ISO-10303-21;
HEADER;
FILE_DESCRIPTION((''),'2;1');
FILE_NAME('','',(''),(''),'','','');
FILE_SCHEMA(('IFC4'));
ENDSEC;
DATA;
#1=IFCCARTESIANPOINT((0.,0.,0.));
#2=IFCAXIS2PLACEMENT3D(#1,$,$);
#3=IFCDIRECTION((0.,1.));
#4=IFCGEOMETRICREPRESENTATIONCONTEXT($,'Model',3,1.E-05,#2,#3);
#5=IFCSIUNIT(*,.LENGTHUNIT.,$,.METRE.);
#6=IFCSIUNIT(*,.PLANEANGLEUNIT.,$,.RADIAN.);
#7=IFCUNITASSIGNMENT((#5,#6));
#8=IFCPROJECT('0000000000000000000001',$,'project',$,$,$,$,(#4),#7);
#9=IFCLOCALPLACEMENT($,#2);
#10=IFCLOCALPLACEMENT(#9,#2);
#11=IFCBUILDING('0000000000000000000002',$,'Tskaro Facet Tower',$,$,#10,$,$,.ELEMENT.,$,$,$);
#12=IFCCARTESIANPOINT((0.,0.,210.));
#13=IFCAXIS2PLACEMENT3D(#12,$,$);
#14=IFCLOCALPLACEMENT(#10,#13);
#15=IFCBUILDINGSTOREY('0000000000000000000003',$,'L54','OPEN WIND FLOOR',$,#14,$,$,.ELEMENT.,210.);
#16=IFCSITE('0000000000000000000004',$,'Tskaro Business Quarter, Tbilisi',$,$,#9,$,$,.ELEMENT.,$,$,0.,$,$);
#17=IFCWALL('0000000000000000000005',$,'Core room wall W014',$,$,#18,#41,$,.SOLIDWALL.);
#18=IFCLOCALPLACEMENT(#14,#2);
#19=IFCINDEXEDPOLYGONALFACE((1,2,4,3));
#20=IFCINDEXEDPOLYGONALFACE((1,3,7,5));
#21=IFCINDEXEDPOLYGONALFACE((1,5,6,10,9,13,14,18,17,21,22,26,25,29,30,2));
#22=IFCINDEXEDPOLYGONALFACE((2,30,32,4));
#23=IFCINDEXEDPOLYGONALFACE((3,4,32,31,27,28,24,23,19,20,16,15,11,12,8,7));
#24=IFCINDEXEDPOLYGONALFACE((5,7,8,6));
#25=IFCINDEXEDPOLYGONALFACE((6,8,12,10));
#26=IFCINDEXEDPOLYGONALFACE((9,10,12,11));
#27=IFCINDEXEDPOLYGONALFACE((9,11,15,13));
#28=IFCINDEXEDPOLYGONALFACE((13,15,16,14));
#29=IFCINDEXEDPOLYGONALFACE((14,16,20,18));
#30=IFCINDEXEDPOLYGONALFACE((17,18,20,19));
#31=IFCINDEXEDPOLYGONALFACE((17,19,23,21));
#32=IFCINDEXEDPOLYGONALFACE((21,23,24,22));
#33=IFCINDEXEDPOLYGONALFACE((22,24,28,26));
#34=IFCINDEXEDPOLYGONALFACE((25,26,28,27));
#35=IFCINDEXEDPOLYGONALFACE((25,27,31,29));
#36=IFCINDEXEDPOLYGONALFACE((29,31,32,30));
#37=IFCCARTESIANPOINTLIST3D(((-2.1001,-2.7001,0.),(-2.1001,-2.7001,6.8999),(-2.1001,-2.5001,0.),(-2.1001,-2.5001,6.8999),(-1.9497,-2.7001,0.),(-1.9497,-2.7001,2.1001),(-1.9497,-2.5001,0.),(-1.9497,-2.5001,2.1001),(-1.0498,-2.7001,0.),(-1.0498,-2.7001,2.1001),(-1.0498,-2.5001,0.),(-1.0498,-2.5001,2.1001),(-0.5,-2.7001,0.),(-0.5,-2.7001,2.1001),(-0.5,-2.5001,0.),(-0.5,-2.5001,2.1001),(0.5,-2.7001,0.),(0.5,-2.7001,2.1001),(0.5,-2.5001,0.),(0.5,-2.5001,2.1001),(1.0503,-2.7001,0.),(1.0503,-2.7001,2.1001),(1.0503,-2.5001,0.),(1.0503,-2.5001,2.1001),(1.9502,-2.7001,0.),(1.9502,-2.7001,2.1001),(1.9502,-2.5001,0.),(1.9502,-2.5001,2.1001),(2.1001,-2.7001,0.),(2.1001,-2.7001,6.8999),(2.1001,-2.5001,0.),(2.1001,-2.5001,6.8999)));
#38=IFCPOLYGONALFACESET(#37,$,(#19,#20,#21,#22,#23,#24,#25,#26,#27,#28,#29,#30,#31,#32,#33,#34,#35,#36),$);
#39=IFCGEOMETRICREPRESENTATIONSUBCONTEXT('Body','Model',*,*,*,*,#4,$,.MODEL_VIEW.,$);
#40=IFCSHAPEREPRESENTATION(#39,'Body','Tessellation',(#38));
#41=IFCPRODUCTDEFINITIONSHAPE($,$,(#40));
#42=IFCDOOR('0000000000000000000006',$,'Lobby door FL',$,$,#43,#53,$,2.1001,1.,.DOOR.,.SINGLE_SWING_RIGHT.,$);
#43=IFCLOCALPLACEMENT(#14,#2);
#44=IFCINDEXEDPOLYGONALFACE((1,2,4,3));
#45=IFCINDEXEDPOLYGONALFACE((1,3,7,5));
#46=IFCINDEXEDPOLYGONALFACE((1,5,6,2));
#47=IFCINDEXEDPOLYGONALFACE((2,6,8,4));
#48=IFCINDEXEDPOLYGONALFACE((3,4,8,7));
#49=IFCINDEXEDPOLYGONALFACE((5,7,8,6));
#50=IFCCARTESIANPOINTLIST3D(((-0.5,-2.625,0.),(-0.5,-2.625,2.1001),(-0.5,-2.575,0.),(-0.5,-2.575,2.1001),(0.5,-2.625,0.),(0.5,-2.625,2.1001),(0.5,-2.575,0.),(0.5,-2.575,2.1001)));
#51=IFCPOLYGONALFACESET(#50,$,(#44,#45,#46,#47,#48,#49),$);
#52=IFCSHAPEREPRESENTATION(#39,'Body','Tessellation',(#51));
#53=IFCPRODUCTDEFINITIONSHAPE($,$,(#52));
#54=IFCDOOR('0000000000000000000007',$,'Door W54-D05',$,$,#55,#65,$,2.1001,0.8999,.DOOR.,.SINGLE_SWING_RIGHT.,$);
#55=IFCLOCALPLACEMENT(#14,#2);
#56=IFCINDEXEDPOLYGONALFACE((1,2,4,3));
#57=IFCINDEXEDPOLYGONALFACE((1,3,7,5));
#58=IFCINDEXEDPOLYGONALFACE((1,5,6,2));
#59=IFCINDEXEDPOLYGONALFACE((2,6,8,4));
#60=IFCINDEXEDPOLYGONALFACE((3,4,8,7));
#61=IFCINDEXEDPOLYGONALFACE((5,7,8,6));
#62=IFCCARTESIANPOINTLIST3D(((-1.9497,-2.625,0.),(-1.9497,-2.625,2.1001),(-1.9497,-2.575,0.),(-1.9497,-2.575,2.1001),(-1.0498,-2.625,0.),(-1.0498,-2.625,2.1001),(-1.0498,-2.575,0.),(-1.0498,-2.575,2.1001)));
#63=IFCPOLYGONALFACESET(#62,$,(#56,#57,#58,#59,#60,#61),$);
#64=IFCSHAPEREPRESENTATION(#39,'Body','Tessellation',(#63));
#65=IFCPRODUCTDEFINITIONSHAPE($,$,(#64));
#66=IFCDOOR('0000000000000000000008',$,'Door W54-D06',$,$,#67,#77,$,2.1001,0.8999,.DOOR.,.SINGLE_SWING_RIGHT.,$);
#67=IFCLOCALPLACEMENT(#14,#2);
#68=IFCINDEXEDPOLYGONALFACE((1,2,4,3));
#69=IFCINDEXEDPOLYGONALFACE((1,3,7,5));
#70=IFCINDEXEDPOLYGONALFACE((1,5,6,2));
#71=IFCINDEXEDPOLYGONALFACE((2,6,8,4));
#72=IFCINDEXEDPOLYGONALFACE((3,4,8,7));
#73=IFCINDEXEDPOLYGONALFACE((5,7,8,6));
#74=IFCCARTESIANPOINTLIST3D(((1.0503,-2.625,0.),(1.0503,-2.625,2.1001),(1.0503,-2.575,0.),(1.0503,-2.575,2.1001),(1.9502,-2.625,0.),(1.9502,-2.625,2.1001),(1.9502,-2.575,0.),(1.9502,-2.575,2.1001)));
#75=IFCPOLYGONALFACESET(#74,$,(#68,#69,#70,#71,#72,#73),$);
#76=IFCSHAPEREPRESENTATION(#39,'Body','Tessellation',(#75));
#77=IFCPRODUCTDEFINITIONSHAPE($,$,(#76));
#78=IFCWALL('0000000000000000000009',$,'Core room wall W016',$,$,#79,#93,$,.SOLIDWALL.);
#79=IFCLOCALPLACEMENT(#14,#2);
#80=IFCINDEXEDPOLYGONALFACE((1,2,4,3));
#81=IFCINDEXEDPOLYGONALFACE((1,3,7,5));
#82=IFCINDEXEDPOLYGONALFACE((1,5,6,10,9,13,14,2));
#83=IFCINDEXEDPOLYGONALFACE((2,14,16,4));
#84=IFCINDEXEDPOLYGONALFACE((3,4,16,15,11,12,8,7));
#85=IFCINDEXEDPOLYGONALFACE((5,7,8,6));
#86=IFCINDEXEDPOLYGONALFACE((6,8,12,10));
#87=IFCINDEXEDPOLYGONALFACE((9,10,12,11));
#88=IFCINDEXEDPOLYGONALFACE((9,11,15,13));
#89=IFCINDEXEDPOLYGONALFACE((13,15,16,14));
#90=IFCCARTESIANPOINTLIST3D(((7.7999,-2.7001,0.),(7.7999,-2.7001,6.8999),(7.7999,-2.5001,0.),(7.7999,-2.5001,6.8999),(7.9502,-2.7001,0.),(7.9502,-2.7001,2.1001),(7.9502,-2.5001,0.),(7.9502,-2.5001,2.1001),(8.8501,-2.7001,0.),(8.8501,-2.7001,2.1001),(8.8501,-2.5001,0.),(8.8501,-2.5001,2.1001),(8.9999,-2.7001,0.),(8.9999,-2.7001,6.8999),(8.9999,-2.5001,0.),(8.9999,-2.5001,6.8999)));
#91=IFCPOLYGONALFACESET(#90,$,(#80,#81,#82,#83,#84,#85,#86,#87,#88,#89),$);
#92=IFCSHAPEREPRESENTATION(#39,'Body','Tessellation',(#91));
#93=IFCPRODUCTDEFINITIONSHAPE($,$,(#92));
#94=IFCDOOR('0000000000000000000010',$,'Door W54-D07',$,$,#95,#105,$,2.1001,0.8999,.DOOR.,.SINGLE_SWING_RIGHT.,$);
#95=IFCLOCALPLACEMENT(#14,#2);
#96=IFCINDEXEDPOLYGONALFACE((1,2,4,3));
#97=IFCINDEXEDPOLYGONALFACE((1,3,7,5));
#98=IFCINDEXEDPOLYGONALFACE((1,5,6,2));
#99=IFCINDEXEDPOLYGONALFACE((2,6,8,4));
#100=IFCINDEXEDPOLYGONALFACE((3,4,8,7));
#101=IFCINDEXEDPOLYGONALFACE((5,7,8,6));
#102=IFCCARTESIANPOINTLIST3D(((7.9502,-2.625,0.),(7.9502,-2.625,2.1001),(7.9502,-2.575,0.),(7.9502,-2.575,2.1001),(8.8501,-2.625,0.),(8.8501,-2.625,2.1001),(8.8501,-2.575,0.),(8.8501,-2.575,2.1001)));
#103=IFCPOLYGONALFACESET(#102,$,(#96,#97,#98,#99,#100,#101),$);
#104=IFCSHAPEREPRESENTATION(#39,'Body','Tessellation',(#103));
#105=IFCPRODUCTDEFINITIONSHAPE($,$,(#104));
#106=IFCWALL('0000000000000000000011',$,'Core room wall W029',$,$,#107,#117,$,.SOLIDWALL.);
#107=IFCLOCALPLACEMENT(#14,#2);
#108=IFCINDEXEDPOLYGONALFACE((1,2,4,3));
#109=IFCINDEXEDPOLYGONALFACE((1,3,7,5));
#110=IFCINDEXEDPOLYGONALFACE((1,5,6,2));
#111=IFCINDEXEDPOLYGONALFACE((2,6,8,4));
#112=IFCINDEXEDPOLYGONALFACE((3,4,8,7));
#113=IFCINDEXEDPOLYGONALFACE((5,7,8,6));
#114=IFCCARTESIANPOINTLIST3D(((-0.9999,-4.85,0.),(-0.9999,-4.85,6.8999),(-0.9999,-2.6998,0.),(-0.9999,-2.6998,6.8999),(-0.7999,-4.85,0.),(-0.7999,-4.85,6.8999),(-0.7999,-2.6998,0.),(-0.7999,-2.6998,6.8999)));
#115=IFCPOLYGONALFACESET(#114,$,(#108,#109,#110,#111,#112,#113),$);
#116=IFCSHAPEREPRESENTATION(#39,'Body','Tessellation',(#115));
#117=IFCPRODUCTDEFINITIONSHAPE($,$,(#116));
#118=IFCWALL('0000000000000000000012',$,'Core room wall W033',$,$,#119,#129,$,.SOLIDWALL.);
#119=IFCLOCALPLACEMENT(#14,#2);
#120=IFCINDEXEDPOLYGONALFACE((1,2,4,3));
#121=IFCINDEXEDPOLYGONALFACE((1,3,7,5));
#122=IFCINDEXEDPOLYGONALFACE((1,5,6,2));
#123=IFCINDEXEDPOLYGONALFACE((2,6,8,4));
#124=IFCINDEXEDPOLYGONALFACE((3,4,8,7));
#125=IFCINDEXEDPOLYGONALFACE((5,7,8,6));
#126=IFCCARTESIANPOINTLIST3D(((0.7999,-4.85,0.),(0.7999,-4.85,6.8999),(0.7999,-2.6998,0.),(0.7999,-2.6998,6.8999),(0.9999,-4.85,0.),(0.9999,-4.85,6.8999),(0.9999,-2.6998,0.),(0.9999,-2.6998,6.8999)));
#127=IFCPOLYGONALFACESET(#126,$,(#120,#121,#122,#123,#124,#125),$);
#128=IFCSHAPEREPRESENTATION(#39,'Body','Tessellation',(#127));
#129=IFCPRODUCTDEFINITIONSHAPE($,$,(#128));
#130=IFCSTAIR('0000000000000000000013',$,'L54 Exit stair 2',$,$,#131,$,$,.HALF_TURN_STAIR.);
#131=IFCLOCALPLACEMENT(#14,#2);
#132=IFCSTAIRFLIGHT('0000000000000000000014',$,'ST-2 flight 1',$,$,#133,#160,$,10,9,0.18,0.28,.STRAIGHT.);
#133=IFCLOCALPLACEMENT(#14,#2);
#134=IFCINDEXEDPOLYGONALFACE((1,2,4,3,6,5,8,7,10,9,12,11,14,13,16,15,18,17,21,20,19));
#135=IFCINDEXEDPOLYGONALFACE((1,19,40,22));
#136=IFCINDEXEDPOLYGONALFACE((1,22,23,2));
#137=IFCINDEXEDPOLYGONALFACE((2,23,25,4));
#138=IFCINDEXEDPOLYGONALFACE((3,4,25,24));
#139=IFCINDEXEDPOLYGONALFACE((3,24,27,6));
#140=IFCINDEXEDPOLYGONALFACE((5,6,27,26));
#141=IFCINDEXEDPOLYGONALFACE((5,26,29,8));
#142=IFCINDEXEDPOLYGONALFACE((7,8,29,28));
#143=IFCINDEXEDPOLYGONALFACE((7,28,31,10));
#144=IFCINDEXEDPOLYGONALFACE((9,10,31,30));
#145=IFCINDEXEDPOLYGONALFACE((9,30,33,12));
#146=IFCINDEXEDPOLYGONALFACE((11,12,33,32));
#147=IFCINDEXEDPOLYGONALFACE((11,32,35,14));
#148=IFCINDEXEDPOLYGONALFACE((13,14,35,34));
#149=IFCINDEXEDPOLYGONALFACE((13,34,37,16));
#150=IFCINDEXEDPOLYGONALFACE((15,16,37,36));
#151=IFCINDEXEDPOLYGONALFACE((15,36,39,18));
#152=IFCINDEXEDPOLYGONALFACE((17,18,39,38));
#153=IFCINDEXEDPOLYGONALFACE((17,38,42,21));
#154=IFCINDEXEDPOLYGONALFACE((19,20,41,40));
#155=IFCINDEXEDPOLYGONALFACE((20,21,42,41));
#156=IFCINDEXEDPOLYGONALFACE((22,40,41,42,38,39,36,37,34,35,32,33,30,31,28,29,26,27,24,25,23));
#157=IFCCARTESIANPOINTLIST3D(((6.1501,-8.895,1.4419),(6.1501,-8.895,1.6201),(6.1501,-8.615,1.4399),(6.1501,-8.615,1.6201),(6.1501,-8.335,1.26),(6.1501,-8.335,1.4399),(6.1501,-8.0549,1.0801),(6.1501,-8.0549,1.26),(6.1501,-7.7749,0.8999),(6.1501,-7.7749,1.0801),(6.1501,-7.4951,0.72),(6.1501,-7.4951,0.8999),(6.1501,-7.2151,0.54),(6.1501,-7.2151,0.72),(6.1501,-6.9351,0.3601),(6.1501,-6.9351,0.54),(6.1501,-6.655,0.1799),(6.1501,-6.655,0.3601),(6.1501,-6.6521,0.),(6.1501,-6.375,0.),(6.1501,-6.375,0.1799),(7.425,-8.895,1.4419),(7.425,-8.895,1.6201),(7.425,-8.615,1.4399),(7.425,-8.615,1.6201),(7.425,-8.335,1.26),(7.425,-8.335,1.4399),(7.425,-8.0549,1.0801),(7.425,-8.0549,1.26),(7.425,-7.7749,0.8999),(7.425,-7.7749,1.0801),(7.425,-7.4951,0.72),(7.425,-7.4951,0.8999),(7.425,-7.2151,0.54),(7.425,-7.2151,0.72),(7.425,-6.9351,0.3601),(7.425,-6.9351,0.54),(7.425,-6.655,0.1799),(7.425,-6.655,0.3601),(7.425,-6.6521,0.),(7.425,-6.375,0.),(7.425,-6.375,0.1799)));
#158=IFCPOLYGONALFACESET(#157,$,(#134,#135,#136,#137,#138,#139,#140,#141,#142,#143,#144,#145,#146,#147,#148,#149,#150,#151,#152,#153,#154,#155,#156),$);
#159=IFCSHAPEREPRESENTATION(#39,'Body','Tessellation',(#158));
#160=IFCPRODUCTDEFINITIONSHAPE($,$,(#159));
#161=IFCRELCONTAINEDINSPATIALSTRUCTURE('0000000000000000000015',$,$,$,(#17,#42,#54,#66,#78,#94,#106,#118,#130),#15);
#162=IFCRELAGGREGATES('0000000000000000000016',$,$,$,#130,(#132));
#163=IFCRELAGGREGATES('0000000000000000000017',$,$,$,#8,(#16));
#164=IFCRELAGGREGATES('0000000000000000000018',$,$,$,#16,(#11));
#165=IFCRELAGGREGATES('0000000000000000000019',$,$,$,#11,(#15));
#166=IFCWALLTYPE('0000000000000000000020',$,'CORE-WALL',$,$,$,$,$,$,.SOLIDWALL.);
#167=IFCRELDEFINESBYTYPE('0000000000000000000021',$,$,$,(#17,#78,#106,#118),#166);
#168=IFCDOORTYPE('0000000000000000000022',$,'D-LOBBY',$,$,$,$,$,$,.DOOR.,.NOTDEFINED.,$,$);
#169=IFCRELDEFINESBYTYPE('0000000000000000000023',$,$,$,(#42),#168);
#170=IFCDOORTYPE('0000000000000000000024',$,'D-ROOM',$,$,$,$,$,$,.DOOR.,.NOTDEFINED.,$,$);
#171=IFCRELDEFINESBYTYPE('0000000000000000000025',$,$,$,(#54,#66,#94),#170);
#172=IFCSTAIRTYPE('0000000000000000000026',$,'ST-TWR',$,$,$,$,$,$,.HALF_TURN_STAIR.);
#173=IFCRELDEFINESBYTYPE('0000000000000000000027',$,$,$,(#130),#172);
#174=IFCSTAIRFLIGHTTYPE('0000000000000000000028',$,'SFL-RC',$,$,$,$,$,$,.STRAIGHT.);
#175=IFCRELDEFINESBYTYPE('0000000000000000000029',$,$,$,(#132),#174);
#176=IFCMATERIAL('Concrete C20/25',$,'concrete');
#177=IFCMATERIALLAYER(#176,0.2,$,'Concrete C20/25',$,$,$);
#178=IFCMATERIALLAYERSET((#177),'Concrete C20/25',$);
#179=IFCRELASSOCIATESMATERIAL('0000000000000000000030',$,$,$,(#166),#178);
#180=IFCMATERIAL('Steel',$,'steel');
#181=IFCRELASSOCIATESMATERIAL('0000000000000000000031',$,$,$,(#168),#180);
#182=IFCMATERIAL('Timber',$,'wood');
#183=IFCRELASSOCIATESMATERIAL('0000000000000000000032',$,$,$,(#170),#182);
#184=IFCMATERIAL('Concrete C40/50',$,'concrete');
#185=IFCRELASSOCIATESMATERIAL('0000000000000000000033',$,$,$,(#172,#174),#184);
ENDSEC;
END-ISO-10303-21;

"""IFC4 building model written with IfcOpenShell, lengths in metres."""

from ifc_helpers import new_model, si_unit, direction, frame, frame_2d, origin, place, context, subcontext, project, spatial, polyline, rectangle, outline, extrude, material, layer, layer_set, type_object, element, fill, aggregate, save


model = new_model("IFC4")

# Units and contexts
model_context = context("Model", 3, precision=1e-05, world=origin(), true_north=direction((0.0, 1.0)))
body_context = subcontext(model_context, "Body", "Model", "MODEL_VIEW")
ifc_project = project(units=[si_unit("LENGTHUNIT", "METRE"), si_unit("PLANEANGLEUNIT", "RADIAN")], contexts=[model_context])

# Site, building, storey
site_placement = place(None, origin())
site = spatial("IfcSite", under=ifc_project, at=site_placement, Name="Tskaro Business Quarter, Tbilisi", CompositionType="ELEMENT", RefElevation=0.0)
building_placement = place(site_placement, origin())
building = spatial("IfcBuilding", under=site, at=building_placement, Name="Tskaro Facet Tower", CompositionType="ELEMENT")
storey_placement = place(building_placement, frame((0.0, 0.0, 210.0)))
storey = spatial("IfcBuildingStorey", under=building, at=storey_placement, Name="L54", Description="OPEN WIND FLOOR", CompositionType="ELEMENT", Elevation=210.0)

# Shared definitions
ifc_material_1 = material(Name="Steel", Category="steel")

# Shared definitions
ifc_material_2 = material(Name="Concrete C20/25", Category="concrete")
ifc_layer_1 = layer(ifc_material_2, 0.2, Name="Concrete C20/25")
ifc_layer_set_1 = layer_set([ifc_layer_1], Name="Concrete C20/25")
wall_type_1 = type_object("IfcWallType", Name="CORE-WALL", PredefinedType="SOLIDWALL", material=ifc_layer_set_1)

# Wall, openings, doors
wall_1_placement = place(storey_placement, frame((2.1001, -2.6001, 0.0), z_axis=(0.0, 0.0, 1.0), x_axis=(-1.0, 0.0, 0.0)))
wall_1 = element("IfcWall", 1, at=wall_1_placement, inside=storey, type_object=wall_type_1, Name="Core room wall W014", PredefinedType="SOLIDWALL", context=body_context, shape_type="SweptSolid", body=[
    extrude(rectangle(XDim=4.2002, YDim=0.2, at=frame_2d((2.1001, 0.0))), origin(), (0.0, 0.0, 1.0), 6.8999),
])
opening_1_placement = place(wall_1_placement, frame((1.6001, 0.0, 0.0)))
opening_1 = element("IfcOpeningElement", 2, at=opening_1_placement, cuts=wall_1, PredefinedType="OPENING", context=body_context, shape_type="SweptSolid", body=[
    extrude(rectangle(XDim=1.0, YDim=2.1001, at=frame_2d((0.5, 1.05))), frame((0.0, 0.1099, 0.0), z_axis=(0.0, -1.0, 0.0), x_axis=(1.0, 0.0, 0.0)), (0.0, 0.0, 1.0), 0.22),
])
opening_2_placement = place(wall_1_placement, frame((3.1499, 0.0, 0.0)))
opening_2 = element("IfcOpeningElement", 3, at=opening_2_placement, cuts=wall_1, PredefinedType="OPENING", context=body_context, shape_type="SweptSolid", body=[
    extrude(rectangle(XDim=0.8999, YDim=2.1001, at=frame_2d((0.45, 1.05))), frame((0.0, 0.1099, 0.0), z_axis=(0.0, -1.0, 0.0), x_axis=(1.0, 0.0, 0.0)), (0.0, 0.0, 1.0), 0.22),
])
opening_3_placement = place(wall_1_placement, frame((0.1499, 0.0, 0.0)))
opening_3 = element("IfcOpeningElement", 4, at=opening_3_placement, cuts=wall_1, PredefinedType="OPENING", context=body_context, shape_type="SweptSolid", body=[
    extrude(rectangle(XDim=0.8999, YDim=2.1001, at=frame_2d((0.45, 1.05))), frame((0.0, 0.1099, 0.0), z_axis=(0.0, -1.0, 0.0), x_axis=(1.0, 0.0, 0.0)), (0.0, 0.0, 1.0), 0.22),
])
door_type_1 = type_object("IfcDoorType", Name="D-LOBBY", OperationType="NOTDEFINED", PredefinedType="DOOR", material=ifc_material_1)
door_1_placement = place(opening_1_placement, origin())
door_1 = element("IfcDoor", 5, at=door_1_placement, inside=storey, type_object=door_type_1, Name="Lobby door FL", OperationType="SINGLE_SWING_RIGHT", OverallHeight=2.1001, OverallWidth=1.0, PredefinedType="DOOR", context=body_context, shape_type="SweptSolid", body=[
    extrude(rectangle(XDim=1.0, YDim=2.1001, at=frame_2d((0.5, 1.05))), frame((0.0, 0.0249, 0.0), z_axis=(0.0, -1.0, 0.0), x_axis=(1.0, 0.0, 0.0)), (0.0, 0.0, 1.0), 0.05),
])
fill(opening_1, door_1)
ifc_material_3 = material(Name="Timber", Category="wood")
door_type_2 = type_object("IfcDoorType", Name="D-ROOM", OperationType="NOTDEFINED", PredefinedType="DOOR", material=ifc_material_3)
door_2_placement = place(opening_2_placement, origin())
door_2 = element("IfcDoor", 6, at=door_2_placement, inside=storey, type_object=door_type_2, Name="Door W54-D05", OperationType="SINGLE_SWING_RIGHT", OverallHeight=2.1001, OverallWidth=0.8999, PredefinedType="DOOR", context=body_context, shape_type="SweptSolid", body=[
    extrude(rectangle(XDim=0.8999, YDim=2.1001, at=frame_2d((0.45, 1.05))), frame((0.0, 0.0249, 0.0), z_axis=(0.0, -1.0, 0.0), x_axis=(1.0, 0.0, 0.0)), (0.0, 0.0, 1.0), 0.05),
])
fill(opening_2, door_2)
door_3_placement = place(opening_3_placement, origin())
door_3 = element("IfcDoor", 7, at=door_3_placement, inside=storey, type_object=door_type_2, Name="Door W54-D06", OperationType="SINGLE_SWING_RIGHT", OverallHeight=2.1001, OverallWidth=0.8999, PredefinedType="DOOR", context=body_context, shape_type="SweptSolid", body=[
    extrude(rectangle(XDim=0.8999, YDim=2.1001, at=frame_2d((0.45, 1.05))), frame((0.0, 0.0249, 0.0), z_axis=(0.0, -1.0, 0.0), x_axis=(1.0, 0.0, 0.0)), (0.0, 0.0, 1.0), 0.05),
])
fill(opening_3, door_3)

# Wall, opening, door
wall_2_placement = place(storey_placement, frame((9.0, -2.6001, 0.0), z_axis=(0.0, 0.0, 1.0), x_axis=(-1.0, 0.0, 0.0)))
wall_2 = element("IfcWall", 8, at=wall_2_placement, inside=storey, type_object=wall_type_1, Name="Core room wall W016", PredefinedType="SOLIDWALL", context=body_context, shape_type="SweptSolid", body=[
    extrude(rectangle(XDim=1.2, YDim=0.2, at=frame_2d((0.6001, 0.0))), origin(), (0.0, 0.0, 1.0), 6.8999),
])
opening_4_placement = place(wall_2_placement, frame((0.1499, 0.0, 0.0)))
opening_4 = element("IfcOpeningElement", 9, at=opening_4_placement, cuts=wall_2, PredefinedType="OPENING", context=body_context, shape_type="SweptSolid", body=[
    extrude(rectangle(XDim=0.8999, YDim=2.1001, at=frame_2d((0.45, 1.05))), frame((0.0, 0.1099, 0.0), z_axis=(0.0, -1.0, 0.0), x_axis=(1.0, 0.0, 0.0)), (0.0, 0.0, 1.0), 0.22),
])
door_4_placement = place(opening_4_placement, origin())
door_4 = element("IfcDoor", 10, at=door_4_placement, inside=storey, type_object=door_type_2, Name="Door W54-D07", OperationType="SINGLE_SWING_RIGHT", OverallHeight=2.1001, OverallWidth=0.8999, PredefinedType="DOOR", context=body_context, shape_type="SweptSolid", body=[
    extrude(rectangle(XDim=0.8999, YDim=2.1001, at=frame_2d((0.45, 1.05))), frame((0.0, 0.0249, 0.0), z_axis=(0.0, -1.0, 0.0), x_axis=(1.0, 0.0, 0.0)), (0.0, 0.0, 1.0), 0.05),
])
fill(opening_4, door_4)

# Walls
for number, where, z_axis, x_axis, name in (
    (11, (-0.8999, -4.8501, 0.0), (0.0, 0.0, 1.0), (0.0, 1.0, 0.0), "Core room wall W029"),
    (12, (0.8999, -4.8501, 0.0), (0.0, 0.0, 1.0), (0.0, 1.0, 0.0), "Core room wall W033"),
):
    element("IfcWall", number, at=place(storey_placement, frame(where, z_axis=z_axis, x_axis=x_axis)), inside=storey, type_object=wall_type_1, Name=name, PredefinedType="SOLIDWALL", context=body_context, shape_type="SweptSolid", body=[
        extrude(rectangle(XDim=2.1501, YDim=0.2, at=frame_2d((1.0752, 0.0))), origin(), (0.0, 0.0, 1.0), 6.8999),
    ])

# Stair, stair flight
ifc_material_4 = material(Name="Concrete C40/50", Category="concrete")
stair_type = type_object("IfcStairType", Name="ST-TWR", PredefinedType="HALF_TURN_STAIR", material=ifc_material_4)
stair_placement = place(storey_placement, origin())
stair = element("IfcStair", 13, at=stair_placement, inside=storey, type_object=stair_type, Name="L54 Exit stair 2", PredefinedType="HALF_TURN_STAIR")
stair_flight_type = type_object("IfcStairFlightType", Name="SFL-RC", PredefinedType="STRAIGHT", material=ifc_material_4)
stair_flight_1_placement = place(storey_placement, frame((6.7876, -6.375, 0.0), z_axis=(0.0, 0.0, 1.0), x_axis=(0.0, -1.0, 0.0)))
stair_flight_1 = element("IfcStairFlight", 14, at=stair_flight_1_placement, type_object=stair_flight_type, Name="ST-2 flight 1", NumberOfRisers=10, NumberOfTreads=9, PredefinedType="STRAIGHT", RiserHeight=0.18, TreadLength=0.28, context=body_context, shape_type="SweptSolid", body=[
    extrude(outline(polyline([(0.0, 0.0), (0.0, 0.1799), (0.28, 0.1799), (0.28, 0.3601), (0.5601, 0.3601), (0.5601, 0.54), (0.8401, 0.54), (0.8401, 0.72), (1.1201, 0.72), (1.1201, 0.8999), (1.3999, 0.8999), (1.3999, 1.0801), (1.6799, 1.0801), (1.6799, 1.26), (1.96, 1.26), (1.96, 1.4399), (2.24, 1.4399), (2.24, 1.6201), (2.52, 1.6201), (2.52, 1.8), (2.52, 1.4419), (0.2771, 0.0), (0.0, 0.0)])), frame((0.0, 0.6375, 0.0), z_axis=(0.0, -1.0, 0.0), x_axis=(1.0, 0.0, 0.0)), (0.0, 0.0, 1.0), 1.2749),
])
aggregate(stair, [stair_flight_1])

save(model, "model.ifc")
